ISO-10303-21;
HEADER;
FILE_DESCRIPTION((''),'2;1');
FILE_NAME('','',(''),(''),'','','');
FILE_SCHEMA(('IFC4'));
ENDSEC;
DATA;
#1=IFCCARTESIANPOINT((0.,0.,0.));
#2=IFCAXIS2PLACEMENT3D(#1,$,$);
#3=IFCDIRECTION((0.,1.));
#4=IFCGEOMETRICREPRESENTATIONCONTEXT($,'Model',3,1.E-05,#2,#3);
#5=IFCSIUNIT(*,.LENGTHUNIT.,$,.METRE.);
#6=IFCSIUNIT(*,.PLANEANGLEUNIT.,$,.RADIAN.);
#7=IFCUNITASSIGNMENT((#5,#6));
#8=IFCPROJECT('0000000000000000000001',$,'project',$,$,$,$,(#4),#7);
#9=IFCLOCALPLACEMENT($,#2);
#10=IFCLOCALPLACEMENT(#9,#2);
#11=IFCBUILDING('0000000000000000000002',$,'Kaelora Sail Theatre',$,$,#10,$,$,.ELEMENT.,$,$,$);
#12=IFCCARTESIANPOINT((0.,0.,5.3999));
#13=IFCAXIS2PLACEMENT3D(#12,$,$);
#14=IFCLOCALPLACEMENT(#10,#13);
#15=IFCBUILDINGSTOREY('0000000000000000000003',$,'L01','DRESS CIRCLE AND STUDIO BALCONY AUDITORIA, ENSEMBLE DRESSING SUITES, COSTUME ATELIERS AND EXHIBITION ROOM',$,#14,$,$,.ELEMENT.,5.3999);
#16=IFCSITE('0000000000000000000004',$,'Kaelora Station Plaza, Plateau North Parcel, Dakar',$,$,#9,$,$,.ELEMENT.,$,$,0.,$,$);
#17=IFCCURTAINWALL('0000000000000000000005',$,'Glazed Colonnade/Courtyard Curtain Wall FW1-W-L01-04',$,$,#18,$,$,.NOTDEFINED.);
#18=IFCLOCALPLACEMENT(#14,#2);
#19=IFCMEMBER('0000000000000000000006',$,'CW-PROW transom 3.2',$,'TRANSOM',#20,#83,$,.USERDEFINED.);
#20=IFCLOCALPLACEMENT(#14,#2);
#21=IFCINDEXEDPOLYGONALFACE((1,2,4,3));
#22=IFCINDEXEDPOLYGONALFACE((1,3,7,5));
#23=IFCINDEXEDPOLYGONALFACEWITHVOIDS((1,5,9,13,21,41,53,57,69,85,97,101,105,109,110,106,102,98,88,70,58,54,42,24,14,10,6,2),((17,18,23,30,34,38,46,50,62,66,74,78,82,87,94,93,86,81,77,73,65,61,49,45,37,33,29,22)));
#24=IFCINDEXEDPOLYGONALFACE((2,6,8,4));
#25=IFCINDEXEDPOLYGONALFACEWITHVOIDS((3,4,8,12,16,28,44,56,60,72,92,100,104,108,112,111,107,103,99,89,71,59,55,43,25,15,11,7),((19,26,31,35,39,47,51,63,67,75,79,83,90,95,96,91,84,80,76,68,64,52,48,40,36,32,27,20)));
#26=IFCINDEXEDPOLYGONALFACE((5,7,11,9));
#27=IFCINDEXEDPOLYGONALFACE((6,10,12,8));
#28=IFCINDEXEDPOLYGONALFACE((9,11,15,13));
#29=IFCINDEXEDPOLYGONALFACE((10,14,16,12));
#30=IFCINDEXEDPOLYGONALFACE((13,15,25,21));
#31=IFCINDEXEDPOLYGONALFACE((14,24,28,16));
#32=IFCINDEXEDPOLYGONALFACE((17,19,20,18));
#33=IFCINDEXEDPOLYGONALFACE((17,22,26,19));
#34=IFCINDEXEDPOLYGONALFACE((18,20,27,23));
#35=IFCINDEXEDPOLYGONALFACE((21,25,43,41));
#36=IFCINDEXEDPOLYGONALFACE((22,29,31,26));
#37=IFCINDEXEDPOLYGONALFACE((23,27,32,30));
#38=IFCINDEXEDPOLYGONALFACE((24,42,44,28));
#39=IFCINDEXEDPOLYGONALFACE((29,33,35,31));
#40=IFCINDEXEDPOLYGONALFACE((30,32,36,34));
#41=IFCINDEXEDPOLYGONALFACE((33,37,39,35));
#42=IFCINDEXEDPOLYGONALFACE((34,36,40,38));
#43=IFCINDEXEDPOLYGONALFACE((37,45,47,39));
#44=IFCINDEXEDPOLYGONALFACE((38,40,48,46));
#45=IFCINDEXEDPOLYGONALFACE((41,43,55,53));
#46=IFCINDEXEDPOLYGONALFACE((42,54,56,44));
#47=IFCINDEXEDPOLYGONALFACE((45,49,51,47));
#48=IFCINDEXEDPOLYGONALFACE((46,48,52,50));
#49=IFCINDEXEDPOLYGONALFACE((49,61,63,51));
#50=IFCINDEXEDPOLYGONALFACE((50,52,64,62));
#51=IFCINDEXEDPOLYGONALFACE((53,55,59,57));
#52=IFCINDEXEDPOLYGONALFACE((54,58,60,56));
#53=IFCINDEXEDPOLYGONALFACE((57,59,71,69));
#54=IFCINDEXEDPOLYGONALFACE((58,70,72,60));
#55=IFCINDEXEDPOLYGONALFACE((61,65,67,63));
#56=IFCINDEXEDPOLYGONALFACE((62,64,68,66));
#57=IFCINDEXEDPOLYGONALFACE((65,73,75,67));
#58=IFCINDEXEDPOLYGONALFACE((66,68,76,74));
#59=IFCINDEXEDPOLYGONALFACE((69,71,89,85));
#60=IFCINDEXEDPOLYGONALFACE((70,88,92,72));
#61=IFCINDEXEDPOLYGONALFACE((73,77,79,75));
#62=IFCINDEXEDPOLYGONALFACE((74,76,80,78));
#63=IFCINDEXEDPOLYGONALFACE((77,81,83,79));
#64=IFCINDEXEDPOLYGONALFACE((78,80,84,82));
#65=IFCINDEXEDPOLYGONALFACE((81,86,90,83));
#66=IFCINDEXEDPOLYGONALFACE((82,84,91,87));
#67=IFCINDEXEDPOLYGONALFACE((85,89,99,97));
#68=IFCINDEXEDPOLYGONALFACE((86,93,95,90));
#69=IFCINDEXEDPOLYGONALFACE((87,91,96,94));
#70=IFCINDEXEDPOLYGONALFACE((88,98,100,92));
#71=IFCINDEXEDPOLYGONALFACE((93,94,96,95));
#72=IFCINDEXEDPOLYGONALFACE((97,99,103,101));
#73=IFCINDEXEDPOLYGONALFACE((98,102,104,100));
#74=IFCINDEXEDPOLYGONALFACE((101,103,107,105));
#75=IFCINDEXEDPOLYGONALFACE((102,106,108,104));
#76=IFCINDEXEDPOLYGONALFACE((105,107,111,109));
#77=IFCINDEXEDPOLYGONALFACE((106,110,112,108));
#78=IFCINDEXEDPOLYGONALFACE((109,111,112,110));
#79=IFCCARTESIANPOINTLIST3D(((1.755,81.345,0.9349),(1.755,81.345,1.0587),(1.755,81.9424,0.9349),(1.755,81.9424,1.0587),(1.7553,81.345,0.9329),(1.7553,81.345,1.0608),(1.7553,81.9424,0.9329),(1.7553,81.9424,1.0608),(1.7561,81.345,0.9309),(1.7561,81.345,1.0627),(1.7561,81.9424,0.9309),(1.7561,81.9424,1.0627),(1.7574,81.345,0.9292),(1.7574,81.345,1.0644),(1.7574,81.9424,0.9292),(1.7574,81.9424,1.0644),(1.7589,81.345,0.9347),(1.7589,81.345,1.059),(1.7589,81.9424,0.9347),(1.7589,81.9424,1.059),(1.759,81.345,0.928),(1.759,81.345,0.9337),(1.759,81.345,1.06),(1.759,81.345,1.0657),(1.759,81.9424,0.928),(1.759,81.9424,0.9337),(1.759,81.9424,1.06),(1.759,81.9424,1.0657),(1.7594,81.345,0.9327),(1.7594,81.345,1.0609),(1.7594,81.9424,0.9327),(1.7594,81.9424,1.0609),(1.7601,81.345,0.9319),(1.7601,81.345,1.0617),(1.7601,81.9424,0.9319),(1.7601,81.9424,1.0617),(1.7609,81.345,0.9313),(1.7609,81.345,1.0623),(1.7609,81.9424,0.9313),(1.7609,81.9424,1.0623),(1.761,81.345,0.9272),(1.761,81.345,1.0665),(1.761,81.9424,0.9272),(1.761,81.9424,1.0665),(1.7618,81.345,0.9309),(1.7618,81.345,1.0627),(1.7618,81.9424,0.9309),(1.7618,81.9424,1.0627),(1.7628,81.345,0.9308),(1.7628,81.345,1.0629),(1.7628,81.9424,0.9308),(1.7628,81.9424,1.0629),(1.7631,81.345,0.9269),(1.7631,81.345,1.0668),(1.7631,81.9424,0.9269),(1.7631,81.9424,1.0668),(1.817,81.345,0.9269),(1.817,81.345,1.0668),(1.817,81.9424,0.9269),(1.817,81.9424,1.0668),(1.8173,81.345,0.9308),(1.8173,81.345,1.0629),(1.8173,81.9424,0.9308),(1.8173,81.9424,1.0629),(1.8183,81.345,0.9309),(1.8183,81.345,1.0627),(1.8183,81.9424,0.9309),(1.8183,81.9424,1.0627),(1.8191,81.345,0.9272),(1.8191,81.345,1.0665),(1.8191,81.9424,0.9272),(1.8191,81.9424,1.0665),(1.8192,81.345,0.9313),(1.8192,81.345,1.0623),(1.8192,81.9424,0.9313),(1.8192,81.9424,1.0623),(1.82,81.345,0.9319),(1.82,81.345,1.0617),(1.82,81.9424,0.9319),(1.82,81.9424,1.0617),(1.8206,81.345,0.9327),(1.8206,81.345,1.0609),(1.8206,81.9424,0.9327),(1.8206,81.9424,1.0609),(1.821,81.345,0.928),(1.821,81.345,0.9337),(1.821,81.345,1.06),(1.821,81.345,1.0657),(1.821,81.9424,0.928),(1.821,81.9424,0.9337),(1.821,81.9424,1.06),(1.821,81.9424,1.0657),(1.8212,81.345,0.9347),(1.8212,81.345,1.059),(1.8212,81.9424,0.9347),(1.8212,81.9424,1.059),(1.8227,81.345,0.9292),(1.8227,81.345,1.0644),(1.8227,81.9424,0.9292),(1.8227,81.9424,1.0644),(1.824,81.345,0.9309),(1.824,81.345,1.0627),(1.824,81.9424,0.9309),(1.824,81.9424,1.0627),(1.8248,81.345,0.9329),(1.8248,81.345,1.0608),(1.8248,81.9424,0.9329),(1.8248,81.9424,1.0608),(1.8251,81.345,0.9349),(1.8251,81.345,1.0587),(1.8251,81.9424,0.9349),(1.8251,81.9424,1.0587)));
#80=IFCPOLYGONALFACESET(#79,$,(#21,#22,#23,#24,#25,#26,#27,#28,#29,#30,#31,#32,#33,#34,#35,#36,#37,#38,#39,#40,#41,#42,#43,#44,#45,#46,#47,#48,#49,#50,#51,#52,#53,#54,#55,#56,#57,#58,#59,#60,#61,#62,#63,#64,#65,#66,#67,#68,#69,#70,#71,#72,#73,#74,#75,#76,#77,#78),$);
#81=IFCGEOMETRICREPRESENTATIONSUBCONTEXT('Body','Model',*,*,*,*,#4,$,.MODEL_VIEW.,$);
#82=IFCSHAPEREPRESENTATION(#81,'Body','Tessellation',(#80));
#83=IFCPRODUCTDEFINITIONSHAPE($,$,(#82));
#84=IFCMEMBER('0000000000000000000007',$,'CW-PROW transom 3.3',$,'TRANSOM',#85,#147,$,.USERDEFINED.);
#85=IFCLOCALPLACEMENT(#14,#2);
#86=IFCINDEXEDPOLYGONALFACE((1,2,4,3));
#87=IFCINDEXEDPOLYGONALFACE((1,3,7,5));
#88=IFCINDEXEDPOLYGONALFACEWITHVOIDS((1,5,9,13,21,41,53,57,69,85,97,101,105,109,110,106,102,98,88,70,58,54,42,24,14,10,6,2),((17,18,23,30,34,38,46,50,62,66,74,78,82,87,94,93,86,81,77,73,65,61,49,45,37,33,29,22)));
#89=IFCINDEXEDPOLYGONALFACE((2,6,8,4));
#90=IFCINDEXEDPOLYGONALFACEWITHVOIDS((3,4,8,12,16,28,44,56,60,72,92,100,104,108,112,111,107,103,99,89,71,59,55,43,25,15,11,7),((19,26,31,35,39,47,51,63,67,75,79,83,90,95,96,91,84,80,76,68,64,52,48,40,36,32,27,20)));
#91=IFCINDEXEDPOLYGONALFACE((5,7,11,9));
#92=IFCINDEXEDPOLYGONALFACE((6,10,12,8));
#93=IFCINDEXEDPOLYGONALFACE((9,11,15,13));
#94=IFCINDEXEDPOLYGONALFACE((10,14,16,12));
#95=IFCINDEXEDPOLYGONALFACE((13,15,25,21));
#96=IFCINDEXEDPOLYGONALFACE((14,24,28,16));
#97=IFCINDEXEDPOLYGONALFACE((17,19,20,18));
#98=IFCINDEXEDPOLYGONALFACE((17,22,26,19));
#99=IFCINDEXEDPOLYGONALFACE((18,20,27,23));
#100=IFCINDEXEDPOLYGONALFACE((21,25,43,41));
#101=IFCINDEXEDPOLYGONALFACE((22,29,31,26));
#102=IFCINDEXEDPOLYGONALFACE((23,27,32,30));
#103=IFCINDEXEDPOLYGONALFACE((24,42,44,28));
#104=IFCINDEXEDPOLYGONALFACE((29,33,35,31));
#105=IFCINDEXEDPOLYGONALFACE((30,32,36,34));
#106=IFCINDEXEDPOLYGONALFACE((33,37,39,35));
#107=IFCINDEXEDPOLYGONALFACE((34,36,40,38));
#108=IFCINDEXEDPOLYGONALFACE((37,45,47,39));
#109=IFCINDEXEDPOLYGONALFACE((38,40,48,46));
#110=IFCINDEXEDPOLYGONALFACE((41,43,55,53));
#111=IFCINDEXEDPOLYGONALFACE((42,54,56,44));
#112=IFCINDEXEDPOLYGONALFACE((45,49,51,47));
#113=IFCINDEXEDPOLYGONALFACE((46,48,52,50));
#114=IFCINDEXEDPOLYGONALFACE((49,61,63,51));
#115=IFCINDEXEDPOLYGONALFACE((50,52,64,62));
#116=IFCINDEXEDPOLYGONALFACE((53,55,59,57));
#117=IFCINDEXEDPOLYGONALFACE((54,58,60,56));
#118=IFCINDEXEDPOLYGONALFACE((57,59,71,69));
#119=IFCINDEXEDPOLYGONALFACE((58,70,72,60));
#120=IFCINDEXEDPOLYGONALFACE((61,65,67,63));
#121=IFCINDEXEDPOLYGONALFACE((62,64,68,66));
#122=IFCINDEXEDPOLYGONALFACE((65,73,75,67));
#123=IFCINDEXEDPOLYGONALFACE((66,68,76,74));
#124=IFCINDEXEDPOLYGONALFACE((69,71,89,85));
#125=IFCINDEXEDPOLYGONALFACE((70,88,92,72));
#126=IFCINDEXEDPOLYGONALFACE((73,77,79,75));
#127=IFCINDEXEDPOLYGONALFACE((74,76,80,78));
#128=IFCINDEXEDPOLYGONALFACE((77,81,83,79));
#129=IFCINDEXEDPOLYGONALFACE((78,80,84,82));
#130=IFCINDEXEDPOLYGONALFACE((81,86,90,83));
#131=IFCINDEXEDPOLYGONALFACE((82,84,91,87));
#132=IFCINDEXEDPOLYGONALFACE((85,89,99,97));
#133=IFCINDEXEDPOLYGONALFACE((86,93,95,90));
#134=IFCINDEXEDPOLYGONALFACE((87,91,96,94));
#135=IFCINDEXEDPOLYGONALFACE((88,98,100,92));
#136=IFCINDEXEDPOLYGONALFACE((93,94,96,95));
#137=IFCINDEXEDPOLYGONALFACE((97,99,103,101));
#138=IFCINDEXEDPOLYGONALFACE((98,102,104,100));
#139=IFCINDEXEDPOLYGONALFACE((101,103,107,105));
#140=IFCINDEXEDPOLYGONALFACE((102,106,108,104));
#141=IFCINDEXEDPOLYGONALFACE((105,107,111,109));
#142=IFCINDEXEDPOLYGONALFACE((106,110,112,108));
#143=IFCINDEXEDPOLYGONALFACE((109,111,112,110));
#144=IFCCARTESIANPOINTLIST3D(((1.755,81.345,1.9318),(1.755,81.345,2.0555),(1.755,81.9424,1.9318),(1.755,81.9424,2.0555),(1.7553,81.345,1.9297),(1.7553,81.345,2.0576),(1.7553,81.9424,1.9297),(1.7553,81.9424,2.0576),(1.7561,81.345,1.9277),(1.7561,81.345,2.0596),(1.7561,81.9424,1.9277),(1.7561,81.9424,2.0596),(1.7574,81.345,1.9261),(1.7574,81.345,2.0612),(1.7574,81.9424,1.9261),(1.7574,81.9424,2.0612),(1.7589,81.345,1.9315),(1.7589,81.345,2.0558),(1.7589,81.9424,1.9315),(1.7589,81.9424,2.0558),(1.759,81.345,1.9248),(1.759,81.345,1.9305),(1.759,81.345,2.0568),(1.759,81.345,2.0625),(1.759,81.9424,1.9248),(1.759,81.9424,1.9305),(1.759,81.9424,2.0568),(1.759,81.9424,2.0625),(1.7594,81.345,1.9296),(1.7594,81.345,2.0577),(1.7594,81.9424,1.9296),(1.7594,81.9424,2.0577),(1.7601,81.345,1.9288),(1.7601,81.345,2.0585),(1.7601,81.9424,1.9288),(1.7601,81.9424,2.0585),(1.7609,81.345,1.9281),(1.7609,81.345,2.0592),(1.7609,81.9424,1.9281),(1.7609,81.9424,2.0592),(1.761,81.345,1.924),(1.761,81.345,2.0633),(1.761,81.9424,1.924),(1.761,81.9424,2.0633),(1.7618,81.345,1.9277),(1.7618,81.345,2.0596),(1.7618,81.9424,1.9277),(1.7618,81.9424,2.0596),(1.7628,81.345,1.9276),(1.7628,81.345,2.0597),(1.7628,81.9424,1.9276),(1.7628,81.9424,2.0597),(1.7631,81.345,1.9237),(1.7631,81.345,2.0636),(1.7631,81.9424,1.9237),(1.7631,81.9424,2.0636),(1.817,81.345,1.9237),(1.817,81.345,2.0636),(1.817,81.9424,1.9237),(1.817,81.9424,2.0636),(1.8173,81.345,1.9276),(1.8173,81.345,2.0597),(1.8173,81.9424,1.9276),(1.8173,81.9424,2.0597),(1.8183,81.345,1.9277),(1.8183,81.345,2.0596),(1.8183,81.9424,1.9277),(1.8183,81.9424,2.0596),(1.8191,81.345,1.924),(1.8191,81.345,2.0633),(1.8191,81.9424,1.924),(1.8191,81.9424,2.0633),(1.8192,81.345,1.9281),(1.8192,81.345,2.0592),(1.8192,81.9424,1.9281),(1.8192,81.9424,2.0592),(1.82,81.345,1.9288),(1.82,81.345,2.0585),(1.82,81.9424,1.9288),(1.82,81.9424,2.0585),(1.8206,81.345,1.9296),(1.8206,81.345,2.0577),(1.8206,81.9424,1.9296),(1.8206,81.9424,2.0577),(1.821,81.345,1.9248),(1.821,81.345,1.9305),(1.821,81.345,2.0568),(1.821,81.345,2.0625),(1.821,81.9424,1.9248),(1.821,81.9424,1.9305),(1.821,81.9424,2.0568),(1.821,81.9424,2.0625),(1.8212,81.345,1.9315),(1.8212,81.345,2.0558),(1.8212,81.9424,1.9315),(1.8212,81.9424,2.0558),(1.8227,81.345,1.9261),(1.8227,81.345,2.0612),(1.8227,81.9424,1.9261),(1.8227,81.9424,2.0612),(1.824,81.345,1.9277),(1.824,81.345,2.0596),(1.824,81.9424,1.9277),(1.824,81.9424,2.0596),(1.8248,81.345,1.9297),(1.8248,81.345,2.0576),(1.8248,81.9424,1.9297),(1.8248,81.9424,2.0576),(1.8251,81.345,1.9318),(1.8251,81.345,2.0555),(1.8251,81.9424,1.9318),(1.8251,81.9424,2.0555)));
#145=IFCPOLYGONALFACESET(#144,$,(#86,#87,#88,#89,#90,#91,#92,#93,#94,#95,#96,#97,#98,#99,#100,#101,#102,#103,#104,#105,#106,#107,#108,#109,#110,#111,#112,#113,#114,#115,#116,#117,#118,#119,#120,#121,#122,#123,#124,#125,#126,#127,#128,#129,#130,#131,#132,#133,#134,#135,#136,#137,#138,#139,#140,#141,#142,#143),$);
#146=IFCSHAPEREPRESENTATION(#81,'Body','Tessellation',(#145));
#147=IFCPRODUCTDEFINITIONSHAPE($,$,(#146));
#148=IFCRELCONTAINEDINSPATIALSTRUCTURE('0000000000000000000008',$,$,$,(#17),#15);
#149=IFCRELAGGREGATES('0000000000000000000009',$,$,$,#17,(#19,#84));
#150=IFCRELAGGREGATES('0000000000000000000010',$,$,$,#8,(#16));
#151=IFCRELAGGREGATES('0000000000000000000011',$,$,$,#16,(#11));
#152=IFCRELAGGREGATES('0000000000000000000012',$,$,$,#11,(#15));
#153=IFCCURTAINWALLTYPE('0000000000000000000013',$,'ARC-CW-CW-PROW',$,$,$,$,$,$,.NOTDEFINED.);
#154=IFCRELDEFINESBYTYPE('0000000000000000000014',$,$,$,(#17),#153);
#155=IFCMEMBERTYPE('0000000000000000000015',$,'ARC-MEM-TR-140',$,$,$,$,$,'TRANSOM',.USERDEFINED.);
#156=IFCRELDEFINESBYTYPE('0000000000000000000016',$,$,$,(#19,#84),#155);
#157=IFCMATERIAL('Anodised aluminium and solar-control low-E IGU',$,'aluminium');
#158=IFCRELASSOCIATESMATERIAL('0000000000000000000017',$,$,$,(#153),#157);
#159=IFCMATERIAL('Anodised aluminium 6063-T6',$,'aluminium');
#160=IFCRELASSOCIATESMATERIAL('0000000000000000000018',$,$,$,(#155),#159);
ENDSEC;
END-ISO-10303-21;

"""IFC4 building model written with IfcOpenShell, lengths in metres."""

from ifc_helpers import new_model, si_unit, direction, frame, origin, origin_2d, place, context, subcontext, project, spatial, hollow_rectangle, extrude, material, material_profile, profile_set, type_object, element, aggregate, save


model = new_model("IFC4")

# Units and contexts
model_context = context("Model", 3, precision=1e-05, world=origin(), true_north=direction((0.0, 1.0)))
body_context = subcontext(model_context, "Body", "Model", "MODEL_VIEW")
ifc_project = project(units=[si_unit("LENGTHUNIT", "METRE"), si_unit("PLANEANGLEUNIT", "RADIAN")], contexts=[model_context])

# Site, building, storey
site_placement = place(None, origin())
site = spatial("IfcSite", under=ifc_project, at=site_placement, Name="Kaelora Station Plaza, Plateau North Parcel, Dakar", CompositionType="ELEMENT", RefElevation=0.0)
building_placement = place(site_placement, origin())
building = spatial("IfcBuilding", under=site, at=building_placement, Name="Kaelora Sail Theatre", CompositionType="ELEMENT")
storey_placement = place(building_placement, frame((0.0, 0.0, 5.3999)))
storey = spatial("IfcBuildingStorey", under=building, at=storey_placement, Name="L01", Description="DRESS CIRCLE AND STUDIO BALCONY AUDITORIA, ENSEMBLE DRESSING SUITES, COSTUME ATELIERS AND EXHIBITION ROOM", CompositionType="ELEMENT", Elevation=5.3999)

# Curtain wall, members
ifc_material_1 = material(Name="Anodised aluminium and solar-control low-E IGU", Category="aluminium")
curtain_wall_type = type_object("IfcCurtainWallType", Name="ARC-CW-CW-PROW", PredefinedType="NOTDEFINED", material=ifc_material_1)
curtain_wall_placement = place(storey_placement, origin())
curtain_wall = element("IfcCurtainWall", 1, at=curtain_wall_placement, inside=storey, type_object=curtain_wall_type, Name="Glazed Colonnade/Courtyard Curtain Wall FW1-W-L01-04", PredefinedType="NOTDEFINED")
ifc_material_2 = material(Name="Anodised aluminium 6063-T6", Category="aluminium")
ifc_material_profile_1 = material_profile(ifc_material_2, hollow_rectangle(XDim=0.0701, YDim=0.1399, WallThickness=0.0039, InnerFilletRadius=0.0039, OuterFilletRadius=0.0081, at=origin_2d()), Name="ALU-TRAN 70x140x4")
ifc_profile_set_1 = profile_set([ifc_material_profile_1], Name="Anodised aluminium 6063-T6")
member_type_1 = type_object("IfcMemberType", Name="ARC-MEM-TR-140", ElementType="TRANSOM", PredefinedType="USERDEFINED", material=ifc_profile_set_1)
member_1_placement = place(storey_placement, frame((1.79, 81.345, 0.9968), z_axis=(0.0, 1.0, 0.0), x_axis=(-1.0, 0.0, 0.0)))
member_1 = element("IfcMember", 2, at=member_1_placement, type_object=member_type_1, Name="CW-PROW transom 3.2", ObjectType="TRANSOM", PredefinedType="USERDEFINED", context=body_context, shape_type="SweptSolid", body=[
    extrude(hollow_rectangle(XDim=0.0701, YDim=0.1399, WallThickness=0.0039, InnerFilletRadius=0.0039, OuterFilletRadius=0.0081, at=origin_2d()), origin(), (0.0, 0.0, 1.0), 0.5974),
])
member_2_placement = place(storey_placement, frame((1.79, 81.345, 1.9937), z_axis=(0.0, 1.0, 0.0), x_axis=(-1.0, 0.0, 0.0)))
member_2 = element("IfcMember", 3, at=member_2_placement, type_object=member_type_1, Name="CW-PROW transom 3.3", ObjectType="TRANSOM", PredefinedType="USERDEFINED", context=body_context, shape_type="SweptSolid", body=[
    extrude(hollow_rectangle(XDim=0.0701, YDim=0.1399, WallThickness=0.0039, InnerFilletRadius=0.0039, OuterFilletRadius=0.0081, at=origin_2d()), origin(), (0.0, 0.0, 1.0), 0.5974),
])

aggregate(curtain_wall, [member_1, member_2])

save(model, "model.ifc")
